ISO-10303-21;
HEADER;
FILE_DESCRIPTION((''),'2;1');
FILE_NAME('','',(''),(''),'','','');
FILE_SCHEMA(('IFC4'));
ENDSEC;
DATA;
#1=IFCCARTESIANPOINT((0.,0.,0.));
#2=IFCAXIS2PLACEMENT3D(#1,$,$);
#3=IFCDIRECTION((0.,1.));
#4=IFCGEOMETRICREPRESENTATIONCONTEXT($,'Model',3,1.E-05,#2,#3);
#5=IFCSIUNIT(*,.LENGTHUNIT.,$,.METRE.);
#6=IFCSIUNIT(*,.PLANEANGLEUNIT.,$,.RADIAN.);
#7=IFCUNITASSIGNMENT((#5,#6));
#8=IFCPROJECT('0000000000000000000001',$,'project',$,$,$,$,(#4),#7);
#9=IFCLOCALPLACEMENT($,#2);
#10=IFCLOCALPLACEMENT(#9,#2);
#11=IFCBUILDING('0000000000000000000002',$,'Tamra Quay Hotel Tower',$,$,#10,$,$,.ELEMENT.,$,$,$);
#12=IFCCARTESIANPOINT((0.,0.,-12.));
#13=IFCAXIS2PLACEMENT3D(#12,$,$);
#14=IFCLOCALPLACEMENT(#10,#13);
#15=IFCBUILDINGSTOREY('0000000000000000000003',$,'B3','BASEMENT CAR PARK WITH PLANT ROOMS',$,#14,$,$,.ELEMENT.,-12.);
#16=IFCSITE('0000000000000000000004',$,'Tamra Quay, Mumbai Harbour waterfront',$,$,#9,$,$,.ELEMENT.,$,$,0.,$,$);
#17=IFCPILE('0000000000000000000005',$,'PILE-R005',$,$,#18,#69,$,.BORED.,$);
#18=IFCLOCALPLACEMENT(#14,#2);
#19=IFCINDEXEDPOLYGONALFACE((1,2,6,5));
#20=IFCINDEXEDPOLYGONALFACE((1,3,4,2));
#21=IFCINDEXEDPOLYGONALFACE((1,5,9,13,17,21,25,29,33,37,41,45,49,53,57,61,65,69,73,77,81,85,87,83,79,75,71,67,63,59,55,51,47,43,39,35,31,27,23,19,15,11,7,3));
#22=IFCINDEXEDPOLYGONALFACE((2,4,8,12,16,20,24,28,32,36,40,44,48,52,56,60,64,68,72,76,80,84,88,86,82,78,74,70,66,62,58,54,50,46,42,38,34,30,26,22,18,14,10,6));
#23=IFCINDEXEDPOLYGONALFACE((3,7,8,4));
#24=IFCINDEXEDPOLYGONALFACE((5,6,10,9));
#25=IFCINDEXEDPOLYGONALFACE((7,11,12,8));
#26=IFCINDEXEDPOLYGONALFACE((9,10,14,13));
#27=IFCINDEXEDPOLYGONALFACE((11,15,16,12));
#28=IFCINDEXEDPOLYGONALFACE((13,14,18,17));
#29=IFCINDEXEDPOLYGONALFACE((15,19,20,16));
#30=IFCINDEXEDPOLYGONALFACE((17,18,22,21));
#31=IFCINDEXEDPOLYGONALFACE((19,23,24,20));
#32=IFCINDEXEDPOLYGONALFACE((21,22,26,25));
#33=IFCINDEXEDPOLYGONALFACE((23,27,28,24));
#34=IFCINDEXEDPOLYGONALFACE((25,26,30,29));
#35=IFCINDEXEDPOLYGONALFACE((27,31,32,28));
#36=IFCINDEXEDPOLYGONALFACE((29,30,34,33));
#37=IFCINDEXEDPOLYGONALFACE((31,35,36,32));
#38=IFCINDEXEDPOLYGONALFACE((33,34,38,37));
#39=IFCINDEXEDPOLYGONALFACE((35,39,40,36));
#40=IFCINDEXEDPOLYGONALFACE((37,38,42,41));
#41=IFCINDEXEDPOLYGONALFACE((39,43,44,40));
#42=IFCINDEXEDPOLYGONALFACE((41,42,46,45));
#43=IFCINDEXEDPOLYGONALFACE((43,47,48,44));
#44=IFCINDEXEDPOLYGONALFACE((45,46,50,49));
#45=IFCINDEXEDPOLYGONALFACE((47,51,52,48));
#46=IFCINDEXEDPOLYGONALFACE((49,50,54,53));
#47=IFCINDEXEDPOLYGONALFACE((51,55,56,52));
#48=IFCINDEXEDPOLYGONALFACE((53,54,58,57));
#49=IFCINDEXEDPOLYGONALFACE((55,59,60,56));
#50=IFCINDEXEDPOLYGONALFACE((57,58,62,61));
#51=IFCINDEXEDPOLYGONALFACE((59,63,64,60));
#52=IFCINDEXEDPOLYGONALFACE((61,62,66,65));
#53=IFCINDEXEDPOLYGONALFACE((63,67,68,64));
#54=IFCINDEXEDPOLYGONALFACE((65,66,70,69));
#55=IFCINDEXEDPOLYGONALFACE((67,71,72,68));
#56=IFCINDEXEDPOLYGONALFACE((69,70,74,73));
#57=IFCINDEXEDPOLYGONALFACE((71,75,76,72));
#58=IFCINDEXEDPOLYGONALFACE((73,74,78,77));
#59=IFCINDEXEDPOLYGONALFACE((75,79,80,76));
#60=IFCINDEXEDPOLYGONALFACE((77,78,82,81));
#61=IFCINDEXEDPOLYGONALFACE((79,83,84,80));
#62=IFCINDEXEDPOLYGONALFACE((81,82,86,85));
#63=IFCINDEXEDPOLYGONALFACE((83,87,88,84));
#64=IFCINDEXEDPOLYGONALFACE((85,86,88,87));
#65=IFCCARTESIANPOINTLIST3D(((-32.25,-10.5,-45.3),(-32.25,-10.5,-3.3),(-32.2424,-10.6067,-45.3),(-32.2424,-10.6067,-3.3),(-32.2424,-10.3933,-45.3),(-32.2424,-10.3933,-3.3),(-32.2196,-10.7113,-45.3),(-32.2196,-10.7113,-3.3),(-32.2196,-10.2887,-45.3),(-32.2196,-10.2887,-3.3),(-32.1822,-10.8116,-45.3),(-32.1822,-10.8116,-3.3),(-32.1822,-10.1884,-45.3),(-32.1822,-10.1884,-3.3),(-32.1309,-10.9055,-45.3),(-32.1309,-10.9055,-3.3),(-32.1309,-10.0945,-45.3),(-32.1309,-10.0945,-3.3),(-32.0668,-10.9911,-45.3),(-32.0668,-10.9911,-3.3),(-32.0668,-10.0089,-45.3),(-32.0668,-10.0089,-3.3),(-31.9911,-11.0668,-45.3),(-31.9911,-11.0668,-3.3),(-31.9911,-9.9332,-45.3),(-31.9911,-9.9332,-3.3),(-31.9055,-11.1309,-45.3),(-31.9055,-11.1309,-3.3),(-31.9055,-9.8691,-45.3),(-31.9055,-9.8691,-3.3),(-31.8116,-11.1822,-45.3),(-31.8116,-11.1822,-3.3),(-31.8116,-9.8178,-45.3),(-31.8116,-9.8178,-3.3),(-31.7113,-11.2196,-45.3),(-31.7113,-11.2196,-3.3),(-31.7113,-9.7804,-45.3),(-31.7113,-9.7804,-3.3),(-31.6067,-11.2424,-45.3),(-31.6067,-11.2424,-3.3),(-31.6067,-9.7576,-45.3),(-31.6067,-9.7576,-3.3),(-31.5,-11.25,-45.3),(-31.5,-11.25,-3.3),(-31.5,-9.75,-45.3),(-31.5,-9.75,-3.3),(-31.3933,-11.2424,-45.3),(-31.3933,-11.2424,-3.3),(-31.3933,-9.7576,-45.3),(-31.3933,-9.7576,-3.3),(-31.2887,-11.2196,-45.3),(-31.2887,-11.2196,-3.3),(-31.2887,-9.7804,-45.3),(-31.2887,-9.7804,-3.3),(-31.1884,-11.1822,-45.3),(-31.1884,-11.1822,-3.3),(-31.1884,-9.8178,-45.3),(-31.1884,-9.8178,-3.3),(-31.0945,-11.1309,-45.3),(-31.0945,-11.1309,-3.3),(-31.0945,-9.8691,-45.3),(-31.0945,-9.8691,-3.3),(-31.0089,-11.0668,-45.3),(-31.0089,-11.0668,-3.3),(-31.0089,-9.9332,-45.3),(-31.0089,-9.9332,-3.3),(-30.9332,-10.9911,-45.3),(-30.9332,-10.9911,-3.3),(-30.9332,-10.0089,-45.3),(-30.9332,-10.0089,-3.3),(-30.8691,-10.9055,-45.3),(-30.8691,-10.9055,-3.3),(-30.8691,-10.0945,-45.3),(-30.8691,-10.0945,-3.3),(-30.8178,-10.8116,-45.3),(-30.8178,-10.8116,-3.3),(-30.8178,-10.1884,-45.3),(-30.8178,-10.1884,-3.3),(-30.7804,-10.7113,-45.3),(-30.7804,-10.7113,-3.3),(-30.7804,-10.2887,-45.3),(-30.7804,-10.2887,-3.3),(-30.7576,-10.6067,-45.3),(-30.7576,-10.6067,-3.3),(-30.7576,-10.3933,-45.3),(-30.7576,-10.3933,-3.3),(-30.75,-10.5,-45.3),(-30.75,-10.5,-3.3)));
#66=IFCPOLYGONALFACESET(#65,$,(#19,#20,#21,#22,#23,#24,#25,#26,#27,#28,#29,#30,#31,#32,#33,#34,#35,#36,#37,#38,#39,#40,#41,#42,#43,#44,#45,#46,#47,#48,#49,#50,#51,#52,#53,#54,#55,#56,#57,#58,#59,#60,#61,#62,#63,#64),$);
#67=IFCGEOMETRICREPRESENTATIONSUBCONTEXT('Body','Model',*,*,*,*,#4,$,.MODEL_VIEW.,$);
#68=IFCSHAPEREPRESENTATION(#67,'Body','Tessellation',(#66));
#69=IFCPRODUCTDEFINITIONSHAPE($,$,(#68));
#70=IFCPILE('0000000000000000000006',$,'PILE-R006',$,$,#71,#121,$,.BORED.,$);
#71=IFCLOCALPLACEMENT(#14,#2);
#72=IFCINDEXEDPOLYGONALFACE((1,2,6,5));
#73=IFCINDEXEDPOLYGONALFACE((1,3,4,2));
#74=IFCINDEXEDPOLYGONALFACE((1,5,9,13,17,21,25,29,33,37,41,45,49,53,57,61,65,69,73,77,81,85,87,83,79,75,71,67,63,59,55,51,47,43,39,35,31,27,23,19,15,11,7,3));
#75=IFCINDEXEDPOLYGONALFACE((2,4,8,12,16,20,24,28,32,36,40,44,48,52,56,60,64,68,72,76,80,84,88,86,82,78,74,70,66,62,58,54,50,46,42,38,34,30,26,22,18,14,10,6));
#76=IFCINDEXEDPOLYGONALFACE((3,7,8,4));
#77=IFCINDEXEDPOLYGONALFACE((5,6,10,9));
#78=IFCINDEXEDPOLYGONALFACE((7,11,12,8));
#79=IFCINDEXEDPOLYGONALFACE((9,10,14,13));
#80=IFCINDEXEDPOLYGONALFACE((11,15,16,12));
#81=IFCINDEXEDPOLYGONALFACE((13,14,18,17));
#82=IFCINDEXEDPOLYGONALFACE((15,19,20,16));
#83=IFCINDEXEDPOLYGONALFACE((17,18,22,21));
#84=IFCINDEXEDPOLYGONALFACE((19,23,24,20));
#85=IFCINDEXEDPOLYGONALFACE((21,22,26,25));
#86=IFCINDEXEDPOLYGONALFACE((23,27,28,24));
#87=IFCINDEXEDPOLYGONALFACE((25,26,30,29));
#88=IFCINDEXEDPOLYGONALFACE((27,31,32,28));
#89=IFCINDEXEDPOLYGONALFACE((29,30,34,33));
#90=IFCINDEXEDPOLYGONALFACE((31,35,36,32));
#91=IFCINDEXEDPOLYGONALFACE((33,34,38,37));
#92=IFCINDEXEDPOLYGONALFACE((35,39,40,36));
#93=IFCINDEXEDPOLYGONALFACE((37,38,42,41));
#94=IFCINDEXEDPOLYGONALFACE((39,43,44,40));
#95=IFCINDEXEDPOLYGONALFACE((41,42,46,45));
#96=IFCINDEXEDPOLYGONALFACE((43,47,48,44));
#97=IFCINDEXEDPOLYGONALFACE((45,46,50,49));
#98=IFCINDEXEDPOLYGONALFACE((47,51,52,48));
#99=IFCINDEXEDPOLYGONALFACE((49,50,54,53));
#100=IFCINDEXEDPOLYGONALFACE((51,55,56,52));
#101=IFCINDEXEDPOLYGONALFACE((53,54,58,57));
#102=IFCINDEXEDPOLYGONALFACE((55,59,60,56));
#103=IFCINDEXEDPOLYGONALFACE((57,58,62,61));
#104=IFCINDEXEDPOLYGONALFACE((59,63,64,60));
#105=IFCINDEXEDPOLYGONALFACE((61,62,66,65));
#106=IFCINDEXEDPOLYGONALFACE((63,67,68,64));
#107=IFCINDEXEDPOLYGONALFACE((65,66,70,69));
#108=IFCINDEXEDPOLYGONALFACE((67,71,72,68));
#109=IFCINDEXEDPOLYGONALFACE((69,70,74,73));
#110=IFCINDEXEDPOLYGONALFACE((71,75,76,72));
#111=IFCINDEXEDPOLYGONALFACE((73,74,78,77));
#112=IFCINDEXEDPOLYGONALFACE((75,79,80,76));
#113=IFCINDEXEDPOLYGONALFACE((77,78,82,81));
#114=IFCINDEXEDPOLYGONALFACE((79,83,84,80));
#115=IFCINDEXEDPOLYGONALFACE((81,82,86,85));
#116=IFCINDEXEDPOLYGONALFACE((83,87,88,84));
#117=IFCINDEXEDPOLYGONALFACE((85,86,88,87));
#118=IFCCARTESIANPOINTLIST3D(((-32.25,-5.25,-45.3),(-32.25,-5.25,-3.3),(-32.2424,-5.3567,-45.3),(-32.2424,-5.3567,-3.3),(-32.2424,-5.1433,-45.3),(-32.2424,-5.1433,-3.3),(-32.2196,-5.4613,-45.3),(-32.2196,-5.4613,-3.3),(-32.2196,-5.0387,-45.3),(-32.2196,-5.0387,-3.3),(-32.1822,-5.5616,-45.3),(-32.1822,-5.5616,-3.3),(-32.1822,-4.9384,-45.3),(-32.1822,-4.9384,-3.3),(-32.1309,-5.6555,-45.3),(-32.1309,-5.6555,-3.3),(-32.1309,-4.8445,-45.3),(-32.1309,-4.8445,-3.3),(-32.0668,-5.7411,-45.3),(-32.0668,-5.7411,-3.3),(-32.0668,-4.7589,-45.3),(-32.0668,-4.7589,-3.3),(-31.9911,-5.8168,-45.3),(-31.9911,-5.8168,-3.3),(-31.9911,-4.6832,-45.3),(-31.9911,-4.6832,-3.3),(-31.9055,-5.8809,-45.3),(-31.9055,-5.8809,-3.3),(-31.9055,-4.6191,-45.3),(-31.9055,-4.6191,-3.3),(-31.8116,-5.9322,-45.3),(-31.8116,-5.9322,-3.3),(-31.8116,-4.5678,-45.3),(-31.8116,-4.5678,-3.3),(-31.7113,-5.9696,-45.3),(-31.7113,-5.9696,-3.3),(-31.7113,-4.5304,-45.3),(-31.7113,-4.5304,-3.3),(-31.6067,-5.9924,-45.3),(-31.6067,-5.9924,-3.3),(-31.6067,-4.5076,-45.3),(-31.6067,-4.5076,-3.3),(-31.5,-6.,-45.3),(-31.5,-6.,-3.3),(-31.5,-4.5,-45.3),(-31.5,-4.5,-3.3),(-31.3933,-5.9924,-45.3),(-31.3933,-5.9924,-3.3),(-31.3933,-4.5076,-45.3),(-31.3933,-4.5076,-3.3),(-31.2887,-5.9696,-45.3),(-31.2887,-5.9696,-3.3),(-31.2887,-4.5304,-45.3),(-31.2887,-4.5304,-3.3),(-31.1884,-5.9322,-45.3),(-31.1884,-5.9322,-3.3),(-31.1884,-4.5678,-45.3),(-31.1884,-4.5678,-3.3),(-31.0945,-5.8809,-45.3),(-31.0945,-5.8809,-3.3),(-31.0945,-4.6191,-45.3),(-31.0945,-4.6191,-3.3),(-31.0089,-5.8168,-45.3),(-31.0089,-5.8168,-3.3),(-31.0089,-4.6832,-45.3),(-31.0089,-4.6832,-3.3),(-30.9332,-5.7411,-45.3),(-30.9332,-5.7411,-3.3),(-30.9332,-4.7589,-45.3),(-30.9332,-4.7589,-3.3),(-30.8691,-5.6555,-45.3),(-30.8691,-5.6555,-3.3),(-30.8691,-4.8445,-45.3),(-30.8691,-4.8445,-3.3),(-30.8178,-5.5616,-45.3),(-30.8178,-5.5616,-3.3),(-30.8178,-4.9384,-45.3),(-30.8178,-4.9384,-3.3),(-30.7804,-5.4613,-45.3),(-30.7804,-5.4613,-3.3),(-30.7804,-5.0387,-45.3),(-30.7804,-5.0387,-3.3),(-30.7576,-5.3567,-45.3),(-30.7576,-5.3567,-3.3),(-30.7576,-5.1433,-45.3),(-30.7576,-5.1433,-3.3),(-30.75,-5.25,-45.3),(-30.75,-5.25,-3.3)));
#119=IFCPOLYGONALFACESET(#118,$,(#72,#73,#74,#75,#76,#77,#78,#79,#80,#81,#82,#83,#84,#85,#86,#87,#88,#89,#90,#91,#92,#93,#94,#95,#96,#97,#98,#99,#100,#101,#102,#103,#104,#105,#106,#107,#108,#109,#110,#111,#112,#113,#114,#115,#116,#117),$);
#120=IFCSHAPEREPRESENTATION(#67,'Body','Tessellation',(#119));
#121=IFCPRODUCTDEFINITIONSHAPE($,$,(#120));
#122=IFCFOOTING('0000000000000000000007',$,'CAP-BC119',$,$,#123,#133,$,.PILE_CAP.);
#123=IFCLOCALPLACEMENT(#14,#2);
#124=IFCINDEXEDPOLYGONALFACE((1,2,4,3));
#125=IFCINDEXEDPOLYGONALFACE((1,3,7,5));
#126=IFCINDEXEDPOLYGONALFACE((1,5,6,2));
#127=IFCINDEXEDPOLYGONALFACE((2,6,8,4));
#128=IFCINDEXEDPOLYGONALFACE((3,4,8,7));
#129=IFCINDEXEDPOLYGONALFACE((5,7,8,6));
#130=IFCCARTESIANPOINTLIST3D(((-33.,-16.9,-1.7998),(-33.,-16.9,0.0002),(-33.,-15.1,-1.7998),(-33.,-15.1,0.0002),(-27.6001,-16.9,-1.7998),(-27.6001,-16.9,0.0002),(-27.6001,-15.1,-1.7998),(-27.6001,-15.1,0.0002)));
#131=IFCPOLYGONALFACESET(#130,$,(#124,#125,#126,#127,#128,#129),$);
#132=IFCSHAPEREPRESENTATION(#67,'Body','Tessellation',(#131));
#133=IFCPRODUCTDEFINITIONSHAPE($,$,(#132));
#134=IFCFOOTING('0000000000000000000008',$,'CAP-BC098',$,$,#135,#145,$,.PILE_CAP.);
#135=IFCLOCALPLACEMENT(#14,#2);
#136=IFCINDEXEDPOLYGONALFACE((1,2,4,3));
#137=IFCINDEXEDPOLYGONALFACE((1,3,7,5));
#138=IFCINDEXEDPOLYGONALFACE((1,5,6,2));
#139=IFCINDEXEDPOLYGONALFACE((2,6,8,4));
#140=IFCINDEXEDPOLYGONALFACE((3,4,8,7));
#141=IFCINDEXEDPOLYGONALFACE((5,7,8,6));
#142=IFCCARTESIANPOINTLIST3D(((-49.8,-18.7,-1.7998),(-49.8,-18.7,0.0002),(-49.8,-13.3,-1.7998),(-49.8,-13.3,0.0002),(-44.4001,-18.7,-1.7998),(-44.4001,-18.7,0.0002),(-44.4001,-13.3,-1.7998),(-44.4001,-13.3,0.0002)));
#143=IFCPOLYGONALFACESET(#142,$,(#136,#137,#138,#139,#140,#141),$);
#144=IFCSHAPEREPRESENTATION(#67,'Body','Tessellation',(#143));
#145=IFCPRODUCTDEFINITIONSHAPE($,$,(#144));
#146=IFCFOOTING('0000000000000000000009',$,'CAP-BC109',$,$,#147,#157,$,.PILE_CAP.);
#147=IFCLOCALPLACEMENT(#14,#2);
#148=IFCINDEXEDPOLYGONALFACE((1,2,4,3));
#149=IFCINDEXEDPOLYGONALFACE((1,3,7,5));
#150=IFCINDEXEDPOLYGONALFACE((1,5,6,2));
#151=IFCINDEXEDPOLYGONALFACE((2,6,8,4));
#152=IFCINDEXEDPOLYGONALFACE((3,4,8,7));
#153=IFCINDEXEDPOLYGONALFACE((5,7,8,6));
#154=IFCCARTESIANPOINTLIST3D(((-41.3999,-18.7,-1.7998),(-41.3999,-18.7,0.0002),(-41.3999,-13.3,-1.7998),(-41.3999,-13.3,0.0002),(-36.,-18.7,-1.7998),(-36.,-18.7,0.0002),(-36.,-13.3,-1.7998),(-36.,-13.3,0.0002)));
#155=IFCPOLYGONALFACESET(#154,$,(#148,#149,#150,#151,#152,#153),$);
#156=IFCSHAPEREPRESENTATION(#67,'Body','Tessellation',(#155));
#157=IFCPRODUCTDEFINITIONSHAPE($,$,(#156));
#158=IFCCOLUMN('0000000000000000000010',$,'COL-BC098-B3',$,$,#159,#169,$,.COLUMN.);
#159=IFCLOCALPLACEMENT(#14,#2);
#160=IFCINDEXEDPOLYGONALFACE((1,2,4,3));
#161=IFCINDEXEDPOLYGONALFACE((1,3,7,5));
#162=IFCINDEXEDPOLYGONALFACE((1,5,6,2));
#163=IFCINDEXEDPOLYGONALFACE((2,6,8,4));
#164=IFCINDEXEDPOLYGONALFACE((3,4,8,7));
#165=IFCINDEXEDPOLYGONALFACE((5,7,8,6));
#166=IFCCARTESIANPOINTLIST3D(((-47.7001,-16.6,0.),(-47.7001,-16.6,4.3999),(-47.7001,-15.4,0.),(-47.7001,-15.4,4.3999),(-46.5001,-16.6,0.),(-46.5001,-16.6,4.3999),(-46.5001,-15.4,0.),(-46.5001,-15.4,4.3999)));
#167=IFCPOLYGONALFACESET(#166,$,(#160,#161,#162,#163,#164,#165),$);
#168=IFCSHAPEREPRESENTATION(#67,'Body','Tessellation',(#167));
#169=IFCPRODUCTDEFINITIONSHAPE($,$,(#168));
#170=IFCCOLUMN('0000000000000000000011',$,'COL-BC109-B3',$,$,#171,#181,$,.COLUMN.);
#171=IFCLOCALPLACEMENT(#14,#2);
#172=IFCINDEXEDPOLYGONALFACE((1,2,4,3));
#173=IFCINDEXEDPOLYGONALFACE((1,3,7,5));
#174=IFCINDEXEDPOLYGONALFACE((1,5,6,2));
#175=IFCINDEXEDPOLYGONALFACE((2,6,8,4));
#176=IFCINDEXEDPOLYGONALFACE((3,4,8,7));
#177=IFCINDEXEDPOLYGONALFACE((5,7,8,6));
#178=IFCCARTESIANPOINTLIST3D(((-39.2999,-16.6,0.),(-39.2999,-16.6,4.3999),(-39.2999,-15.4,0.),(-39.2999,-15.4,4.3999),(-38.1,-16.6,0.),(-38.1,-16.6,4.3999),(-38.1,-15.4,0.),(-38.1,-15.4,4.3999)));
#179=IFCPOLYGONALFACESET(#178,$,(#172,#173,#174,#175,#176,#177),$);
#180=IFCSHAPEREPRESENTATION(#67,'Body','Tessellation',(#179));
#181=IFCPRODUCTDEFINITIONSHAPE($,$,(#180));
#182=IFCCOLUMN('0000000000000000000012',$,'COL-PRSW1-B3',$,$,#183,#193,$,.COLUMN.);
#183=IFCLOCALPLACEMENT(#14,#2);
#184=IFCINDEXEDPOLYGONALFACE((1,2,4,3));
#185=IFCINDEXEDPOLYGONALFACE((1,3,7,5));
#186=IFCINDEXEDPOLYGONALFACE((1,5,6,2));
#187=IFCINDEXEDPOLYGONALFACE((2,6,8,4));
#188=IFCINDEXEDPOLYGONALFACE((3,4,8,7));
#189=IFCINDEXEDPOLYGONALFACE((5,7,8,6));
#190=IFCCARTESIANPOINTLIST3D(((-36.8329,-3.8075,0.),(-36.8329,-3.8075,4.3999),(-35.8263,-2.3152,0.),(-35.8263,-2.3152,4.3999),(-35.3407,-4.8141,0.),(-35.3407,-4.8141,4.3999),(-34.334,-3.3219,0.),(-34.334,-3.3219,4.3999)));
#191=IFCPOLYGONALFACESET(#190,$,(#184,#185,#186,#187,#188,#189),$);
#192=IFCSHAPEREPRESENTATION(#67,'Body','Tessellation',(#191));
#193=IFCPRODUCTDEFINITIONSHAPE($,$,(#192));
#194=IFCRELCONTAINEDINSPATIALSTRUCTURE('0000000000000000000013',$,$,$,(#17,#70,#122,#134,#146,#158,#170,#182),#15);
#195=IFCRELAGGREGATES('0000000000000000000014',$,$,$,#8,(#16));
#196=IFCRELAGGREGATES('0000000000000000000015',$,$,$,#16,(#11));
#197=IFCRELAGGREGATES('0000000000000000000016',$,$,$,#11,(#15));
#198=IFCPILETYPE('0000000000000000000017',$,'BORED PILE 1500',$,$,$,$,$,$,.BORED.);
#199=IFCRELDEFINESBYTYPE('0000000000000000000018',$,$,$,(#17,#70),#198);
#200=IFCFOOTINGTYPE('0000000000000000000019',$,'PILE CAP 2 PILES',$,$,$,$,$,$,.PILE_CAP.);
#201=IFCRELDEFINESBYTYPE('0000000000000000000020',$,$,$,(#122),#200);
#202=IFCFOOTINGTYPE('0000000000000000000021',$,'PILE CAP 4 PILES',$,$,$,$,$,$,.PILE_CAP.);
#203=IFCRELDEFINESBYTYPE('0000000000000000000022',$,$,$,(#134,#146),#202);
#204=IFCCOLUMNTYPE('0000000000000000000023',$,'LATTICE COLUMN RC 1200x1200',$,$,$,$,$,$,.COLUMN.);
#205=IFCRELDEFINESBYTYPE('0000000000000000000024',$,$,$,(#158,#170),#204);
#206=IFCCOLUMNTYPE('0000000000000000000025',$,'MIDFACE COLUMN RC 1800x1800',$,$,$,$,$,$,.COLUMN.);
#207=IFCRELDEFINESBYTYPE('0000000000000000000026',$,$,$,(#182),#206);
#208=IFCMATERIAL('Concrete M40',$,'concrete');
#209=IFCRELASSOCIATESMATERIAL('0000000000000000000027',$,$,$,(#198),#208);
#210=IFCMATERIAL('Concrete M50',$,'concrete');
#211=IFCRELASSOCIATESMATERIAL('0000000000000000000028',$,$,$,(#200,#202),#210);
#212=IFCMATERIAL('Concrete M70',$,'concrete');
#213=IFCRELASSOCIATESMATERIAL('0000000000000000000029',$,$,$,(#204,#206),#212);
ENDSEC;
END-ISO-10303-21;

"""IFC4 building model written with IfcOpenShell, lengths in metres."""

from ifc_helpers import new_model, si_unit, direction, frame, origin, origin_2d, place, context, subcontext, project, spatial, rectangle, circle, extrude, material, material_profile, profile_set, type_object, element, save


model = new_model("IFC4")

# Units and contexts
model_context = context("Model", 3, precision=1e-05, world=origin(), true_north=direction((0.0, 1.0)))
body_context = subcontext(model_context, "Body", "Model", "MODEL_VIEW")
ifc_project = project(units=[si_unit("LENGTHUNIT", "METRE"), si_unit("PLANEANGLEUNIT", "RADIAN")], contexts=[model_context])

# Site, building, storey
site_placement = place(None, origin())
site = spatial("IfcSite", under=ifc_project, at=site_placement, Name="Tamra Quay, Mumbai Harbour waterfront", CompositionType="ELEMENT", RefElevation=0.0)
building_placement = place(site_placement, origin())
building = spatial("IfcBuilding", under=site, at=building_placement, Name="Tamra Quay Hotel Tower", CompositionType="ELEMENT")
storey_placement = place(building_placement, frame((0.0, 0.0, -12.0)))
storey = spatial("IfcBuildingStorey", under=building, at=storey_placement, Name="B3", Description="BASEMENT CAR PARK WITH PLANT ROOMS", CompositionType="ELEMENT", Elevation=-12.0)

# Piles
ifc_material_1 = material(Name="Concrete M40", Category="concrete")
ifc_material_profile_1 = material_profile(ifc_material_1, circle(Radius=0.75, at=origin_2d()), Name="BORED PILE 1500")
ifc_profile_set_1 = profile_set([ifc_material_profile_1], Name="Concrete M40")
pile_type_1 = type_object("IfcPileType", Name="BORED PILE 1500", PredefinedType="BORED", material=ifc_profile_set_1)
for number, where, z_axis, x_axis, name in (
    (1, (-31.5, -10.5, -3.3), (0.0, 0.0, -1.0), (1.0, 0.0, 0.0), "PILE-R005"),
    (2, (-31.5, -5.25, -3.3), (0.0, 0.0, -1.0), (1.0, 0.0, 0.0), "PILE-R006"),
):
    element("IfcPile", number, at=place(storey_placement, frame(where, z_axis=z_axis, x_axis=x_axis)), inside=storey, type_object=pile_type_1, Name=name, PredefinedType="BORED", context=body_context, shape_type="SweptSolid", body=[
        extrude(circle(Radius=0.75, at=origin_2d()), origin(), (0.0, 0.0, 1.0), 42.0),
    ])

# Footings
ifc_material_2 = material(Name="Concrete M50", Category="concrete")
footing_type_1 = type_object("IfcFootingType", Name="PILE CAP 2 PILES", PredefinedType="PILE_CAP", material=ifc_material_2)
footing_placement = place(storey_placement, frame((-30.3, -16.0, -1.7998), z_axis=(0.0, 0.0, 1.0), x_axis=(1.0, 0.0, 0.0)))
element("IfcFooting", 3, at=footing_placement, inside=storey, type_object=footing_type_1, Name="CAP-BC119", PredefinedType="PILE_CAP", context=body_context, shape_type="SweptSolid", body=[
    extrude(rectangle(XDim=5.3999, YDim=1.8, at=origin_2d()), origin(), (0.0, 0.0, 1.0), 1.8),
])
footing_type_2 = type_object("IfcFootingType", Name="PILE CAP 4 PILES", PredefinedType="PILE_CAP", material=ifc_material_2)
for number, where, z_axis, x_axis, name in (
    (4, (-47.1001, -16.0, -1.7998), (0.0, 0.0, 1.0), (1.0, 0.0, 0.0), "CAP-BC098"),
    (5, (-38.7, -16.0, -1.7998), (0.0, 0.0, 1.0), (1.0, 0.0, 0.0), "CAP-BC109"),
):
    element("IfcFooting", number, at=place(storey_placement, frame(where, z_axis=z_axis, x_axis=x_axis)), inside=storey, type_object=footing_type_2, Name=name, PredefinedType="PILE_CAP", context=body_context, shape_type="SweptSolid", body=[
        extrude(rectangle(XDim=5.3999, YDim=5.3999, at=origin_2d()), origin(), (0.0, 0.0, 1.0), 1.8),
    ])

# Columns
ifc_material_3 = material(Name="Concrete M70", Category="concrete")
ifc_material_profile_2 = material_profile(ifc_material_3, rectangle(XDim=1.2, YDim=1.2, at=origin_2d()), Name="LATTICE COLUMN RC 1200x1200")
ifc_profile_set_2 = profile_set([ifc_material_profile_2], Name="Concrete M70")
column_type_1 = type_object("IfcColumnType", Name="LATTICE COLUMN RC 1200x1200", PredefinedType="COLUMN", material=ifc_profile_set_2)
for number, where, z_axis, x_axis, name in (
    (6, (-47.1001, -16.0, 0.0), (0.0, 0.0, 1.0), (1.0, 0.0, 0.0), "COL-BC098-B3"),
    (7, (-38.7, -16.0, 0.0), (0.0, 0.0, 1.0), (1.0, 0.0, 0.0), "COL-BC109-B3"),
):
    element("IfcColumn", number, at=place(storey_placement, frame(where, z_axis=z_axis, x_axis=x_axis)), inside=storey, type_object=column_type_1, Name=name, PredefinedType="COLUMN", context=body_context, shape_type="SweptSolid", body=[
        extrude(rectangle(XDim=1.2, YDim=1.2, at=origin_2d()), origin(), (0.0, 0.0, 1.0), 4.3999),
    ])
ifc_material_profile_3 = material_profile(ifc_material_3, rectangle(XDim=1.8, YDim=1.8, at=origin_2d()), Name="MIDFACE COLUMN RC 1800x1800")
ifc_profile_set_3 = profile_set([ifc_material_profile_3], Name="Concrete M70")
column_type_2 = type_object("IfcColumnType", Name="MIDFACE COLUMN RC 1800x1800", PredefinedType="COLUMN", material=ifc_profile_set_3)
column_placement = place(storey_placement, frame((-35.5835, -3.5647, 0.0), z_axis=(0.0, 0.0, 1.0), x_axis=(0.55922, 0.829019, 0.0)))
element("IfcColumn", 8, at=column_placement, inside=storey, type_object=column_type_2, Name="COL-PRSW1-B3", PredefinedType="COLUMN", context=body_context, shape_type="SweptSolid", body=[
    extrude(rectangle(XDim=1.8, YDim=1.8, at=origin_2d()), origin(), (0.0, 0.0, 1.0), 4.3999),
])

save(model, "model.ifc")
